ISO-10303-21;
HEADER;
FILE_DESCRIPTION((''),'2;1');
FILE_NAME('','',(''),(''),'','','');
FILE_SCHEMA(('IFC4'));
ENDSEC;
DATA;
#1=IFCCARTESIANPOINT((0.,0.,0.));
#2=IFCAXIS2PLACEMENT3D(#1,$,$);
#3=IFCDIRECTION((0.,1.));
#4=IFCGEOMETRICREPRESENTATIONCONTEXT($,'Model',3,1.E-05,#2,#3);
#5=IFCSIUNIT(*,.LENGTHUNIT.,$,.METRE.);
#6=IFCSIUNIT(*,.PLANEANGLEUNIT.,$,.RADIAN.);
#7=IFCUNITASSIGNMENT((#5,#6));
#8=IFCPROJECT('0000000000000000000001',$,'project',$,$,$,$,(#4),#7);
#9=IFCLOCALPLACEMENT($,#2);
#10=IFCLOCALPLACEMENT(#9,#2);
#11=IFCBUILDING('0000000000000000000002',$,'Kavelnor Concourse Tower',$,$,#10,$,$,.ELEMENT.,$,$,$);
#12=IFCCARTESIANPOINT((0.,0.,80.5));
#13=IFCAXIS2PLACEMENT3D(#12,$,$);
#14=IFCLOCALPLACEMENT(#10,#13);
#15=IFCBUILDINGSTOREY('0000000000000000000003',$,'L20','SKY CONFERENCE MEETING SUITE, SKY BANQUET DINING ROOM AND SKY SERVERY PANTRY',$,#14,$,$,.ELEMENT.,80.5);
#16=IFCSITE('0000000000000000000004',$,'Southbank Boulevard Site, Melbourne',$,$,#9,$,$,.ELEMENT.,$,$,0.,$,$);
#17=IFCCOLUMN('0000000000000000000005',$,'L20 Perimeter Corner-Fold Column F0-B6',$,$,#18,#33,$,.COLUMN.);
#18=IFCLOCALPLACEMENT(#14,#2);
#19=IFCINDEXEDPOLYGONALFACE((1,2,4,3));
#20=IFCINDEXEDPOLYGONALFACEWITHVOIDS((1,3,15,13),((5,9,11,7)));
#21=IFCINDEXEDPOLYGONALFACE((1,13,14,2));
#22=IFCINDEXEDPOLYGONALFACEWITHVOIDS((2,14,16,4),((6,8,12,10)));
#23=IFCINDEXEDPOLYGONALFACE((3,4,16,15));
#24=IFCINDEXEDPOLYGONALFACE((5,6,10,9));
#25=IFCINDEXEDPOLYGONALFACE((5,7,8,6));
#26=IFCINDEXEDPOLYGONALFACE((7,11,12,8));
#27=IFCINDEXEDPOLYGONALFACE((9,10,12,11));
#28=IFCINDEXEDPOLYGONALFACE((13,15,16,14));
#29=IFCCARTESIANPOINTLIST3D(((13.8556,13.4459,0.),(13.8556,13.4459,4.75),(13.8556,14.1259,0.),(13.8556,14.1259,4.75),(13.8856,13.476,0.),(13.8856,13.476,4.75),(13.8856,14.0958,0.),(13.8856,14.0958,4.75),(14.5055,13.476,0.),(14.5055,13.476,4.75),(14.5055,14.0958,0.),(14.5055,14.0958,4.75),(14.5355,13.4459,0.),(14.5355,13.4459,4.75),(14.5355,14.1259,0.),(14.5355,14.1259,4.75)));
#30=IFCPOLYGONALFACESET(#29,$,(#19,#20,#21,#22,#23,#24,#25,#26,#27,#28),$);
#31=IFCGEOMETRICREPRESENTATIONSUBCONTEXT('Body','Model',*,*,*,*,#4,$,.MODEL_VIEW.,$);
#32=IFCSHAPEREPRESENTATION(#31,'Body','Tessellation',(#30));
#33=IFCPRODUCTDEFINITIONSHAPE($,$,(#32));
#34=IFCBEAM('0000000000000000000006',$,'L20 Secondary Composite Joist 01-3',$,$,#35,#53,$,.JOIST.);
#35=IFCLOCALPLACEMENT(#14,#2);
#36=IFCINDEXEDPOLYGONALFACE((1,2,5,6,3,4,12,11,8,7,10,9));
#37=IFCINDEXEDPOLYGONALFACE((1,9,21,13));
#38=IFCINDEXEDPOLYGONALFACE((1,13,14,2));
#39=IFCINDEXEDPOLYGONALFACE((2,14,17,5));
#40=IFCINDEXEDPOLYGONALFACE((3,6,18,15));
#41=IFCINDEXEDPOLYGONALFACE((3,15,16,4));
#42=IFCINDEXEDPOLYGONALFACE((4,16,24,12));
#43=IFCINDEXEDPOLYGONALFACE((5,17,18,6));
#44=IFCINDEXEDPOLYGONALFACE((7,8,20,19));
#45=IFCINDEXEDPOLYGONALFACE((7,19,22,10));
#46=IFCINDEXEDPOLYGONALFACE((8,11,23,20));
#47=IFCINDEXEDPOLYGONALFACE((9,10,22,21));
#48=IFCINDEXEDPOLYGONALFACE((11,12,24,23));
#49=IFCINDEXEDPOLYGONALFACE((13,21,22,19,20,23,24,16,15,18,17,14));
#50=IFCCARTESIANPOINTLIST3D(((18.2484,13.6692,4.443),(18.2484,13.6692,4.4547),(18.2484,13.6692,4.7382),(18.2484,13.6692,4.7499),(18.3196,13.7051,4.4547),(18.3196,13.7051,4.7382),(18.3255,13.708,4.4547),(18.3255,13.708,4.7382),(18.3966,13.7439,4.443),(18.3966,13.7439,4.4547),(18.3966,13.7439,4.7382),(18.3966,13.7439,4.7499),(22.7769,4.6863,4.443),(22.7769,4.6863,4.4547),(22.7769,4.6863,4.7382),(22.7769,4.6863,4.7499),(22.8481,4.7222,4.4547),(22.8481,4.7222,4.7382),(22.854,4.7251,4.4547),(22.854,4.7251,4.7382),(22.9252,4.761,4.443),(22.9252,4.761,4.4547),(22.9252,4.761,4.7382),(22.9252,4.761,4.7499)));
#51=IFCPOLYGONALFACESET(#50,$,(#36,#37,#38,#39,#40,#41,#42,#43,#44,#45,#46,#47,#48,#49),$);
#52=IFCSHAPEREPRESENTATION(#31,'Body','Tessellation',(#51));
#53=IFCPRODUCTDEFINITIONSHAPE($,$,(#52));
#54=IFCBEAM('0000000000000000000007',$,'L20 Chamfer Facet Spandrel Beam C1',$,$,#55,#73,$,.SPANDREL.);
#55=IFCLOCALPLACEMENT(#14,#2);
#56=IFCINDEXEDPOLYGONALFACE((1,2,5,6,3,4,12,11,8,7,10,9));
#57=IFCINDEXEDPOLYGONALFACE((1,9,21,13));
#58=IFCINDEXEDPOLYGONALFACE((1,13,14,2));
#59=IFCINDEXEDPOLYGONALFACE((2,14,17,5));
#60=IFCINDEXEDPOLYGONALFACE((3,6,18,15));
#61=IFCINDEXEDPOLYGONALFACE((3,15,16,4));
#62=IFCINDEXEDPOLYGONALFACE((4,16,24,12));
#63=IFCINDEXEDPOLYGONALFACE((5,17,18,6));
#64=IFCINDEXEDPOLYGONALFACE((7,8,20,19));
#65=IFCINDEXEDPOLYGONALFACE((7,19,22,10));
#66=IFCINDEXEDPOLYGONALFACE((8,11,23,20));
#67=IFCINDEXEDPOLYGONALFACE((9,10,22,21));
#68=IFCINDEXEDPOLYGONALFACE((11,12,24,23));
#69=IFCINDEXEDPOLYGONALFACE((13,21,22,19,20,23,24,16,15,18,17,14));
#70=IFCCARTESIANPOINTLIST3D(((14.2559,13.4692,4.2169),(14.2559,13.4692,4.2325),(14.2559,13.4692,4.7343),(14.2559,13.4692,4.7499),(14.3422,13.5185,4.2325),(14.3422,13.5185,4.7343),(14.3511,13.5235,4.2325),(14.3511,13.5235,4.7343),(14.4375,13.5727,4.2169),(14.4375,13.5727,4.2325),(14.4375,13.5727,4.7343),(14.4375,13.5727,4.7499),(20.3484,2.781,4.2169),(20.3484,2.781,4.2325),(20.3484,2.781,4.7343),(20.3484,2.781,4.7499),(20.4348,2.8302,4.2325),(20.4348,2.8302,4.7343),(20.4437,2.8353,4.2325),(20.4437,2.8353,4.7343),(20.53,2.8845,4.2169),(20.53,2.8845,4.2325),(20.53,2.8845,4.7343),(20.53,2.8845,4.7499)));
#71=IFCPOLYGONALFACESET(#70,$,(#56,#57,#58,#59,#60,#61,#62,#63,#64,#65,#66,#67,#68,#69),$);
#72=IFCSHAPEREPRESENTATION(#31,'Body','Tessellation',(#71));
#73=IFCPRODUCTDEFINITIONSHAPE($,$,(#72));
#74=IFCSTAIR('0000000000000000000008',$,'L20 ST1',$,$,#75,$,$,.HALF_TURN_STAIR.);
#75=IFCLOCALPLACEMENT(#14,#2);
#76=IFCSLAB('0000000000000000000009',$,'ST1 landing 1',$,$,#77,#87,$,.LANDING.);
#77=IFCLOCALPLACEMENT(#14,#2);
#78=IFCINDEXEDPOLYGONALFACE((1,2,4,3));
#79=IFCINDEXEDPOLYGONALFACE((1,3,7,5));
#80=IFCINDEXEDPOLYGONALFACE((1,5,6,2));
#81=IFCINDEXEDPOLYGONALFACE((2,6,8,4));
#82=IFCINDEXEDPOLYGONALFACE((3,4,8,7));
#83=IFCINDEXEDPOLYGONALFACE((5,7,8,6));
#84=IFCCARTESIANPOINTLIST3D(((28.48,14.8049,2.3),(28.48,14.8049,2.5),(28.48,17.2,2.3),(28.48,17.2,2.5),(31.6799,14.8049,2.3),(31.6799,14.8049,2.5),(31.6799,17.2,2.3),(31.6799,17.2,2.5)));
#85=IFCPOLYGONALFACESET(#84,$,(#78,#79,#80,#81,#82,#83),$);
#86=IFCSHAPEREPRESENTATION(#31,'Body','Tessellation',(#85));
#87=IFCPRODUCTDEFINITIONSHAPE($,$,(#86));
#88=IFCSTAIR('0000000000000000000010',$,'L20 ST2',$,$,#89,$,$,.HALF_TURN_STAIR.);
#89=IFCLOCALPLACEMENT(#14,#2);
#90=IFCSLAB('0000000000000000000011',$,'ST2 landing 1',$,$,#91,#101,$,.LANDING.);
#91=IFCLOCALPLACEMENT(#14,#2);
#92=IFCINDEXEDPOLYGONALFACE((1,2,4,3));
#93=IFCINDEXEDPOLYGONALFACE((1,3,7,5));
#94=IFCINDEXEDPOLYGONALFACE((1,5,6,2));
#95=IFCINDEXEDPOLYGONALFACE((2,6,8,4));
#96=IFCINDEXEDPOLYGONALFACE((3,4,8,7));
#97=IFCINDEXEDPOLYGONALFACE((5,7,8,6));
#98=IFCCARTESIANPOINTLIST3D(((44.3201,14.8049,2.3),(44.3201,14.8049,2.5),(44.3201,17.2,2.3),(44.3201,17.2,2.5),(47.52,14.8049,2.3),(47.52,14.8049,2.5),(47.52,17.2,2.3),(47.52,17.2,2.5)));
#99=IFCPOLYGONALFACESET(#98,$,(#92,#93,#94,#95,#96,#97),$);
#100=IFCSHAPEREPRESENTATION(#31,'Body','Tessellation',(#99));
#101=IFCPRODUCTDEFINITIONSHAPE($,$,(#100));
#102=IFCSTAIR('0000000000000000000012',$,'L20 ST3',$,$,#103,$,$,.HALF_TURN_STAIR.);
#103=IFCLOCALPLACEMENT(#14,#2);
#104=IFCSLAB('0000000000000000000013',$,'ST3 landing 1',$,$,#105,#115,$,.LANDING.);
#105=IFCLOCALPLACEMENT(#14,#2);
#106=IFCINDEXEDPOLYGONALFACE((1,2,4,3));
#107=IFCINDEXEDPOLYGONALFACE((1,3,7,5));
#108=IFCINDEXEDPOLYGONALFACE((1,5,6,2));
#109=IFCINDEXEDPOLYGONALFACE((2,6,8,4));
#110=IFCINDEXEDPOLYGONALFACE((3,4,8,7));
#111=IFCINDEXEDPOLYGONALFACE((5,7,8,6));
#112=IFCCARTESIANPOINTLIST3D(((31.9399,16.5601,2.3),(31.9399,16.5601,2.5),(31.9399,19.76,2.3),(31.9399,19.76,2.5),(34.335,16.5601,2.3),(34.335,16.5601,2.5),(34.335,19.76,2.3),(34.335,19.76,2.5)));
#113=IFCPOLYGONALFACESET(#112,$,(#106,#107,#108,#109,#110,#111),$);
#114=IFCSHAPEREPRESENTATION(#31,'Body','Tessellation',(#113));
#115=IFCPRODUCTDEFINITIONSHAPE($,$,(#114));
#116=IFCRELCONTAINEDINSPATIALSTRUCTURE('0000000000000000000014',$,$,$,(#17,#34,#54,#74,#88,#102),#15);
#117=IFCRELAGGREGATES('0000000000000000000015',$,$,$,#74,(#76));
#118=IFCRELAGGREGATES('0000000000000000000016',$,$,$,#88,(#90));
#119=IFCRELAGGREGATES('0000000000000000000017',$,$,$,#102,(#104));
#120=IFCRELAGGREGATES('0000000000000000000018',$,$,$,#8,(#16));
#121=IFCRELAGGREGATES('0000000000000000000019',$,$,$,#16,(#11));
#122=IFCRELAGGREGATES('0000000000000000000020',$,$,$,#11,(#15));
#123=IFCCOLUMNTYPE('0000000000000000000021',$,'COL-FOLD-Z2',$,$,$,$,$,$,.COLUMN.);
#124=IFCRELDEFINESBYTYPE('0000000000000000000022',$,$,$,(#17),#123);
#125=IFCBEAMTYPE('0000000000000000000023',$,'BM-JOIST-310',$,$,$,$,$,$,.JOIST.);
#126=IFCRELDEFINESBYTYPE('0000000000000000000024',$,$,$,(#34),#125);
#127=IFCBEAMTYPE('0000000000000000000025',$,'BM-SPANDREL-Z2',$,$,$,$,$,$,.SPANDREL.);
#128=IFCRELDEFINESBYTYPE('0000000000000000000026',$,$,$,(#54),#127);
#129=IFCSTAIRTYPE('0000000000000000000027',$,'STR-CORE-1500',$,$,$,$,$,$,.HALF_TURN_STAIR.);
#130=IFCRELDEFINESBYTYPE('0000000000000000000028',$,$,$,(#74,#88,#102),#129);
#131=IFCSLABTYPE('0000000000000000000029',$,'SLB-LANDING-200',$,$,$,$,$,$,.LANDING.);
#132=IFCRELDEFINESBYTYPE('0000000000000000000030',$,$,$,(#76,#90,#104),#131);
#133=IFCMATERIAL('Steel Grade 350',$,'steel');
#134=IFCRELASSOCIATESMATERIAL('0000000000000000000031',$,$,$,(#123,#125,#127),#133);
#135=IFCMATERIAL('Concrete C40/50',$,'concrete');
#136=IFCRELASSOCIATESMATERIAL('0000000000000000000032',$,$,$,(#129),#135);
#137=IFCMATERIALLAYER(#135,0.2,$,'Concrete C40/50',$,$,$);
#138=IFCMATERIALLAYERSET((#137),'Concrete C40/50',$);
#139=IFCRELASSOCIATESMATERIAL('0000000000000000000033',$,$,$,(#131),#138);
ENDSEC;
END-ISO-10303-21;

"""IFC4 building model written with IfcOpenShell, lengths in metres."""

from ifc_helpers import new_model, si_unit, direction, frame, origin, origin_2d, place, context, subcontext, project, spatial, polyline, hollow_rectangle, i_section, outline, extrude, material, layer, layer_set, material_profile, profile_set, type_object, element, aggregate, save


model = new_model("IFC4")

# Units and contexts
model_context = context("Model", 3, precision=1e-05, world=origin(), true_north=direction((0.0, 1.0)))
body_context = subcontext(model_context, "Body", "Model", "MODEL_VIEW")
ifc_project = project(units=[si_unit("LENGTHUNIT", "METRE"), si_unit("PLANEANGLEUNIT", "RADIAN")], contexts=[model_context])

# Site, building, storey
site_placement = place(None, origin())
site = spatial("IfcSite", under=ifc_project, at=site_placement, Name="Southbank Boulevard Site, Melbourne", CompositionType="ELEMENT", RefElevation=0.0)
building_placement = place(site_placement, origin())
building = spatial("IfcBuilding", under=site, at=building_placement, Name="Kavelnor Concourse Tower", CompositionType="ELEMENT")
storey_placement = place(building_placement, frame((0.0, 0.0, 80.5)))
storey = spatial("IfcBuildingStorey", under=building, at=storey_placement, Name="L20", Description="SKY CONFERENCE MEETING SUITE, SKY BANQUET DINING ROOM AND SKY SERVERY PANTRY", CompositionType="ELEMENT", Elevation=80.5)

# Column
ifc_material_1 = material(Name="Steel Grade 350", Category="steel")
ifc_material_profile_1 = material_profile(ifc_material_1, hollow_rectangle(XDim=0.6799, YDim=0.6799, WallThickness=0.03, at=origin_2d()), Name="SHS 680x680x30")
ifc_profile_set_1 = profile_set([ifc_material_profile_1], Name="Steel Grade 350")
column_type = type_object("IfcColumnType", Name="COL-FOLD-Z2", PredefinedType="COLUMN", material=ifc_profile_set_1)
column_placement = place(storey_placement, frame((14.1956, 13.7859, 0.0), z_axis=(0.0, 0.0, 1.0), x_axis=(1.0, 0.0, 0.0)))
element("IfcColumn", 1, at=column_placement, inside=storey, type_object=column_type, Name="L20 Perimeter Corner-Fold Column F0-B6", PredefinedType="COLUMN", context=body_context, shape_type="SweptSolid", body=[
    extrude(hollow_rectangle(XDim=0.6799, YDim=0.6799, WallThickness=0.03, at=origin_2d()), origin(), (0.0, 0.0, 1.0), 4.75),
])

# Beams
ifc_material_profile_2 = material_profile(ifc_material_1, i_section(OverallWidth=0.166, OverallDepth=0.3069, WebThickness=0.0066, FlangeThickness=0.0117, at=origin_2d()), Name="310UB46")
ifc_profile_set_2 = profile_set([ifc_material_profile_2], Name="Steel Grade 350")
beam_type_1 = type_object("IfcBeamType", Name="BM-JOIST-310", PredefinedType="JOIST", material=ifc_profile_set_2)
beam_1_placement = place(storey_placement, frame((18.3225, 13.7065, 4.5964), z_axis=(0.450162, -0.892947, 0.0), x_axis=(0.892947, 0.450162, 0.0)))
element("IfcBeam", 2, at=beam_1_placement, inside=storey, type_object=beam_type_1, Name="L20 Secondary Composite Joist 01-3", PredefinedType="JOIST", context=body_context, shape_type="SweptSolid", body=[
    extrude(i_section(OverallWidth=0.166, OverallDepth=0.3069, WebThickness=0.0066, FlangeThickness=0.0117, at=origin_2d()), origin(), (0.0, 0.0, 1.0), 10.0598),
])
ifc_material_profile_3 = material_profile(ifc_material_1, i_section(OverallWidth=0.209, OverallDepth=0.533, WebThickness=0.0103, FlangeThickness=0.0156, at=origin_2d()), Name="530UB92")
ifc_profile_set_3 = profile_set([ifc_material_profile_3], Name="Steel Grade 350")
beam_type_2 = type_object("IfcBeamType", Name="BM-SPANDREL-Z2", PredefinedType="SPANDREL", material=ifc_profile_set_3)
beam_2_placement = place(storey_placement, frame((14.3467, 13.521, 4.4834), z_axis=(0.495218, -0.868769, 0.0), x_axis=(0.868769, 0.495218, 0.0)))
element("IfcBeam", 3, at=beam_2_placement, inside=storey, type_object=beam_type_2, Name="L20 Chamfer Facet Spandrel Beam C1", PredefinedType="SPANDREL", context=body_context, shape_type="SweptSolid", body=[
    extrude(i_section(OverallWidth=0.209, OverallDepth=0.533, WebThickness=0.0103, FlangeThickness=0.0156, at=origin_2d()), origin(), (0.0, 0.0, 1.0), 12.3027),
])

# Stairs, slabs
ifc_material_2 = material(Name="Concrete C40/50", Category="concrete")
stair_type = type_object("IfcStairType", Name="STR-CORE-1500", PredefinedType="HALF_TURN_STAIR", material=ifc_material_2)
stair_1_placement = place(storey_placement, origin())
stair_1 = element("IfcStair", 4, at=stair_1_placement, inside=storey, type_object=stair_type, Name="L20 ST1", PredefinedType="HALF_TURN_STAIR")
ifc_layer_1 = layer(ifc_material_2, 0.2, Name="Concrete C40/50")
ifc_layer_set_1 = layer_set([ifc_layer_1], Name="Concrete C40/50")
slab_type_1 = type_object("IfcSlabType", Name="SLB-LANDING-200", PredefinedType="LANDING", material=ifc_layer_set_1)
slab_1_placement = place(storey_placement, frame((0.0, 0.0, 2.3)))
slab_1 = element("IfcSlab", 5, at=slab_1_placement, type_object=slab_type_1, Name="ST1 landing 1", PredefinedType="LANDING", context=body_context, shape_type="SweptSolid", body=[
    extrude(outline(polyline([(31.6799, 14.8049), (31.6799, 17.2), (28.48, 17.2), (28.48, 14.8049), (31.6799, 14.8049)])), origin(), (0.0, 0.0, 1.0), 0.2),
])
aggregate(stair_1, [slab_1])
stair_2_placement = place(storey_placement, origin())
stair_2 = element("IfcStair", 6, at=stair_2_placement, inside=storey, type_object=stair_type, Name="L20 ST2", PredefinedType="HALF_TURN_STAIR")
slab_2_placement = place(storey_placement, frame((0.0, 0.0, 2.3)))
slab_2 = element("IfcSlab", 7, at=slab_2_placement, type_object=slab_type_1, Name="ST2 landing 1", PredefinedType="LANDING", context=body_context, shape_type="SweptSolid", body=[
    extrude(outline(polyline([(47.52, 14.8049), (47.52, 17.2), (44.3201, 17.2), (44.3201, 14.8049), (47.52, 14.8049)])), origin(), (0.0, 0.0, 1.0), 0.2),
])
aggregate(stair_2, [slab_2])
stair_3_placement = place(storey_placement, origin())
stair_3 = element("IfcStair", 8, at=stair_3_placement, inside=storey, type_object=stair_type, Name="L20 ST3", PredefinedType="HALF_TURN_STAIR")
slab_3_placement = place(storey_placement, frame((0.0, 0.0, 2.3)))
slab_3 = element("IfcSlab", 9, at=slab_3_placement, type_object=slab_type_1, Name="ST3 landing 1", PredefinedType="LANDING", context=body_context, shape_type="SweptSolid", body=[
    extrude(outline(polyline([(34.335, 19.76), (31.9399, 19.76), (31.9399, 16.5601), (34.335, 16.5601), (34.335, 19.76)])), origin(), (0.0, 0.0, 1.0), 0.2),
])
aggregate(stair_3, [slab_3])

save(model, "model.ifc")
